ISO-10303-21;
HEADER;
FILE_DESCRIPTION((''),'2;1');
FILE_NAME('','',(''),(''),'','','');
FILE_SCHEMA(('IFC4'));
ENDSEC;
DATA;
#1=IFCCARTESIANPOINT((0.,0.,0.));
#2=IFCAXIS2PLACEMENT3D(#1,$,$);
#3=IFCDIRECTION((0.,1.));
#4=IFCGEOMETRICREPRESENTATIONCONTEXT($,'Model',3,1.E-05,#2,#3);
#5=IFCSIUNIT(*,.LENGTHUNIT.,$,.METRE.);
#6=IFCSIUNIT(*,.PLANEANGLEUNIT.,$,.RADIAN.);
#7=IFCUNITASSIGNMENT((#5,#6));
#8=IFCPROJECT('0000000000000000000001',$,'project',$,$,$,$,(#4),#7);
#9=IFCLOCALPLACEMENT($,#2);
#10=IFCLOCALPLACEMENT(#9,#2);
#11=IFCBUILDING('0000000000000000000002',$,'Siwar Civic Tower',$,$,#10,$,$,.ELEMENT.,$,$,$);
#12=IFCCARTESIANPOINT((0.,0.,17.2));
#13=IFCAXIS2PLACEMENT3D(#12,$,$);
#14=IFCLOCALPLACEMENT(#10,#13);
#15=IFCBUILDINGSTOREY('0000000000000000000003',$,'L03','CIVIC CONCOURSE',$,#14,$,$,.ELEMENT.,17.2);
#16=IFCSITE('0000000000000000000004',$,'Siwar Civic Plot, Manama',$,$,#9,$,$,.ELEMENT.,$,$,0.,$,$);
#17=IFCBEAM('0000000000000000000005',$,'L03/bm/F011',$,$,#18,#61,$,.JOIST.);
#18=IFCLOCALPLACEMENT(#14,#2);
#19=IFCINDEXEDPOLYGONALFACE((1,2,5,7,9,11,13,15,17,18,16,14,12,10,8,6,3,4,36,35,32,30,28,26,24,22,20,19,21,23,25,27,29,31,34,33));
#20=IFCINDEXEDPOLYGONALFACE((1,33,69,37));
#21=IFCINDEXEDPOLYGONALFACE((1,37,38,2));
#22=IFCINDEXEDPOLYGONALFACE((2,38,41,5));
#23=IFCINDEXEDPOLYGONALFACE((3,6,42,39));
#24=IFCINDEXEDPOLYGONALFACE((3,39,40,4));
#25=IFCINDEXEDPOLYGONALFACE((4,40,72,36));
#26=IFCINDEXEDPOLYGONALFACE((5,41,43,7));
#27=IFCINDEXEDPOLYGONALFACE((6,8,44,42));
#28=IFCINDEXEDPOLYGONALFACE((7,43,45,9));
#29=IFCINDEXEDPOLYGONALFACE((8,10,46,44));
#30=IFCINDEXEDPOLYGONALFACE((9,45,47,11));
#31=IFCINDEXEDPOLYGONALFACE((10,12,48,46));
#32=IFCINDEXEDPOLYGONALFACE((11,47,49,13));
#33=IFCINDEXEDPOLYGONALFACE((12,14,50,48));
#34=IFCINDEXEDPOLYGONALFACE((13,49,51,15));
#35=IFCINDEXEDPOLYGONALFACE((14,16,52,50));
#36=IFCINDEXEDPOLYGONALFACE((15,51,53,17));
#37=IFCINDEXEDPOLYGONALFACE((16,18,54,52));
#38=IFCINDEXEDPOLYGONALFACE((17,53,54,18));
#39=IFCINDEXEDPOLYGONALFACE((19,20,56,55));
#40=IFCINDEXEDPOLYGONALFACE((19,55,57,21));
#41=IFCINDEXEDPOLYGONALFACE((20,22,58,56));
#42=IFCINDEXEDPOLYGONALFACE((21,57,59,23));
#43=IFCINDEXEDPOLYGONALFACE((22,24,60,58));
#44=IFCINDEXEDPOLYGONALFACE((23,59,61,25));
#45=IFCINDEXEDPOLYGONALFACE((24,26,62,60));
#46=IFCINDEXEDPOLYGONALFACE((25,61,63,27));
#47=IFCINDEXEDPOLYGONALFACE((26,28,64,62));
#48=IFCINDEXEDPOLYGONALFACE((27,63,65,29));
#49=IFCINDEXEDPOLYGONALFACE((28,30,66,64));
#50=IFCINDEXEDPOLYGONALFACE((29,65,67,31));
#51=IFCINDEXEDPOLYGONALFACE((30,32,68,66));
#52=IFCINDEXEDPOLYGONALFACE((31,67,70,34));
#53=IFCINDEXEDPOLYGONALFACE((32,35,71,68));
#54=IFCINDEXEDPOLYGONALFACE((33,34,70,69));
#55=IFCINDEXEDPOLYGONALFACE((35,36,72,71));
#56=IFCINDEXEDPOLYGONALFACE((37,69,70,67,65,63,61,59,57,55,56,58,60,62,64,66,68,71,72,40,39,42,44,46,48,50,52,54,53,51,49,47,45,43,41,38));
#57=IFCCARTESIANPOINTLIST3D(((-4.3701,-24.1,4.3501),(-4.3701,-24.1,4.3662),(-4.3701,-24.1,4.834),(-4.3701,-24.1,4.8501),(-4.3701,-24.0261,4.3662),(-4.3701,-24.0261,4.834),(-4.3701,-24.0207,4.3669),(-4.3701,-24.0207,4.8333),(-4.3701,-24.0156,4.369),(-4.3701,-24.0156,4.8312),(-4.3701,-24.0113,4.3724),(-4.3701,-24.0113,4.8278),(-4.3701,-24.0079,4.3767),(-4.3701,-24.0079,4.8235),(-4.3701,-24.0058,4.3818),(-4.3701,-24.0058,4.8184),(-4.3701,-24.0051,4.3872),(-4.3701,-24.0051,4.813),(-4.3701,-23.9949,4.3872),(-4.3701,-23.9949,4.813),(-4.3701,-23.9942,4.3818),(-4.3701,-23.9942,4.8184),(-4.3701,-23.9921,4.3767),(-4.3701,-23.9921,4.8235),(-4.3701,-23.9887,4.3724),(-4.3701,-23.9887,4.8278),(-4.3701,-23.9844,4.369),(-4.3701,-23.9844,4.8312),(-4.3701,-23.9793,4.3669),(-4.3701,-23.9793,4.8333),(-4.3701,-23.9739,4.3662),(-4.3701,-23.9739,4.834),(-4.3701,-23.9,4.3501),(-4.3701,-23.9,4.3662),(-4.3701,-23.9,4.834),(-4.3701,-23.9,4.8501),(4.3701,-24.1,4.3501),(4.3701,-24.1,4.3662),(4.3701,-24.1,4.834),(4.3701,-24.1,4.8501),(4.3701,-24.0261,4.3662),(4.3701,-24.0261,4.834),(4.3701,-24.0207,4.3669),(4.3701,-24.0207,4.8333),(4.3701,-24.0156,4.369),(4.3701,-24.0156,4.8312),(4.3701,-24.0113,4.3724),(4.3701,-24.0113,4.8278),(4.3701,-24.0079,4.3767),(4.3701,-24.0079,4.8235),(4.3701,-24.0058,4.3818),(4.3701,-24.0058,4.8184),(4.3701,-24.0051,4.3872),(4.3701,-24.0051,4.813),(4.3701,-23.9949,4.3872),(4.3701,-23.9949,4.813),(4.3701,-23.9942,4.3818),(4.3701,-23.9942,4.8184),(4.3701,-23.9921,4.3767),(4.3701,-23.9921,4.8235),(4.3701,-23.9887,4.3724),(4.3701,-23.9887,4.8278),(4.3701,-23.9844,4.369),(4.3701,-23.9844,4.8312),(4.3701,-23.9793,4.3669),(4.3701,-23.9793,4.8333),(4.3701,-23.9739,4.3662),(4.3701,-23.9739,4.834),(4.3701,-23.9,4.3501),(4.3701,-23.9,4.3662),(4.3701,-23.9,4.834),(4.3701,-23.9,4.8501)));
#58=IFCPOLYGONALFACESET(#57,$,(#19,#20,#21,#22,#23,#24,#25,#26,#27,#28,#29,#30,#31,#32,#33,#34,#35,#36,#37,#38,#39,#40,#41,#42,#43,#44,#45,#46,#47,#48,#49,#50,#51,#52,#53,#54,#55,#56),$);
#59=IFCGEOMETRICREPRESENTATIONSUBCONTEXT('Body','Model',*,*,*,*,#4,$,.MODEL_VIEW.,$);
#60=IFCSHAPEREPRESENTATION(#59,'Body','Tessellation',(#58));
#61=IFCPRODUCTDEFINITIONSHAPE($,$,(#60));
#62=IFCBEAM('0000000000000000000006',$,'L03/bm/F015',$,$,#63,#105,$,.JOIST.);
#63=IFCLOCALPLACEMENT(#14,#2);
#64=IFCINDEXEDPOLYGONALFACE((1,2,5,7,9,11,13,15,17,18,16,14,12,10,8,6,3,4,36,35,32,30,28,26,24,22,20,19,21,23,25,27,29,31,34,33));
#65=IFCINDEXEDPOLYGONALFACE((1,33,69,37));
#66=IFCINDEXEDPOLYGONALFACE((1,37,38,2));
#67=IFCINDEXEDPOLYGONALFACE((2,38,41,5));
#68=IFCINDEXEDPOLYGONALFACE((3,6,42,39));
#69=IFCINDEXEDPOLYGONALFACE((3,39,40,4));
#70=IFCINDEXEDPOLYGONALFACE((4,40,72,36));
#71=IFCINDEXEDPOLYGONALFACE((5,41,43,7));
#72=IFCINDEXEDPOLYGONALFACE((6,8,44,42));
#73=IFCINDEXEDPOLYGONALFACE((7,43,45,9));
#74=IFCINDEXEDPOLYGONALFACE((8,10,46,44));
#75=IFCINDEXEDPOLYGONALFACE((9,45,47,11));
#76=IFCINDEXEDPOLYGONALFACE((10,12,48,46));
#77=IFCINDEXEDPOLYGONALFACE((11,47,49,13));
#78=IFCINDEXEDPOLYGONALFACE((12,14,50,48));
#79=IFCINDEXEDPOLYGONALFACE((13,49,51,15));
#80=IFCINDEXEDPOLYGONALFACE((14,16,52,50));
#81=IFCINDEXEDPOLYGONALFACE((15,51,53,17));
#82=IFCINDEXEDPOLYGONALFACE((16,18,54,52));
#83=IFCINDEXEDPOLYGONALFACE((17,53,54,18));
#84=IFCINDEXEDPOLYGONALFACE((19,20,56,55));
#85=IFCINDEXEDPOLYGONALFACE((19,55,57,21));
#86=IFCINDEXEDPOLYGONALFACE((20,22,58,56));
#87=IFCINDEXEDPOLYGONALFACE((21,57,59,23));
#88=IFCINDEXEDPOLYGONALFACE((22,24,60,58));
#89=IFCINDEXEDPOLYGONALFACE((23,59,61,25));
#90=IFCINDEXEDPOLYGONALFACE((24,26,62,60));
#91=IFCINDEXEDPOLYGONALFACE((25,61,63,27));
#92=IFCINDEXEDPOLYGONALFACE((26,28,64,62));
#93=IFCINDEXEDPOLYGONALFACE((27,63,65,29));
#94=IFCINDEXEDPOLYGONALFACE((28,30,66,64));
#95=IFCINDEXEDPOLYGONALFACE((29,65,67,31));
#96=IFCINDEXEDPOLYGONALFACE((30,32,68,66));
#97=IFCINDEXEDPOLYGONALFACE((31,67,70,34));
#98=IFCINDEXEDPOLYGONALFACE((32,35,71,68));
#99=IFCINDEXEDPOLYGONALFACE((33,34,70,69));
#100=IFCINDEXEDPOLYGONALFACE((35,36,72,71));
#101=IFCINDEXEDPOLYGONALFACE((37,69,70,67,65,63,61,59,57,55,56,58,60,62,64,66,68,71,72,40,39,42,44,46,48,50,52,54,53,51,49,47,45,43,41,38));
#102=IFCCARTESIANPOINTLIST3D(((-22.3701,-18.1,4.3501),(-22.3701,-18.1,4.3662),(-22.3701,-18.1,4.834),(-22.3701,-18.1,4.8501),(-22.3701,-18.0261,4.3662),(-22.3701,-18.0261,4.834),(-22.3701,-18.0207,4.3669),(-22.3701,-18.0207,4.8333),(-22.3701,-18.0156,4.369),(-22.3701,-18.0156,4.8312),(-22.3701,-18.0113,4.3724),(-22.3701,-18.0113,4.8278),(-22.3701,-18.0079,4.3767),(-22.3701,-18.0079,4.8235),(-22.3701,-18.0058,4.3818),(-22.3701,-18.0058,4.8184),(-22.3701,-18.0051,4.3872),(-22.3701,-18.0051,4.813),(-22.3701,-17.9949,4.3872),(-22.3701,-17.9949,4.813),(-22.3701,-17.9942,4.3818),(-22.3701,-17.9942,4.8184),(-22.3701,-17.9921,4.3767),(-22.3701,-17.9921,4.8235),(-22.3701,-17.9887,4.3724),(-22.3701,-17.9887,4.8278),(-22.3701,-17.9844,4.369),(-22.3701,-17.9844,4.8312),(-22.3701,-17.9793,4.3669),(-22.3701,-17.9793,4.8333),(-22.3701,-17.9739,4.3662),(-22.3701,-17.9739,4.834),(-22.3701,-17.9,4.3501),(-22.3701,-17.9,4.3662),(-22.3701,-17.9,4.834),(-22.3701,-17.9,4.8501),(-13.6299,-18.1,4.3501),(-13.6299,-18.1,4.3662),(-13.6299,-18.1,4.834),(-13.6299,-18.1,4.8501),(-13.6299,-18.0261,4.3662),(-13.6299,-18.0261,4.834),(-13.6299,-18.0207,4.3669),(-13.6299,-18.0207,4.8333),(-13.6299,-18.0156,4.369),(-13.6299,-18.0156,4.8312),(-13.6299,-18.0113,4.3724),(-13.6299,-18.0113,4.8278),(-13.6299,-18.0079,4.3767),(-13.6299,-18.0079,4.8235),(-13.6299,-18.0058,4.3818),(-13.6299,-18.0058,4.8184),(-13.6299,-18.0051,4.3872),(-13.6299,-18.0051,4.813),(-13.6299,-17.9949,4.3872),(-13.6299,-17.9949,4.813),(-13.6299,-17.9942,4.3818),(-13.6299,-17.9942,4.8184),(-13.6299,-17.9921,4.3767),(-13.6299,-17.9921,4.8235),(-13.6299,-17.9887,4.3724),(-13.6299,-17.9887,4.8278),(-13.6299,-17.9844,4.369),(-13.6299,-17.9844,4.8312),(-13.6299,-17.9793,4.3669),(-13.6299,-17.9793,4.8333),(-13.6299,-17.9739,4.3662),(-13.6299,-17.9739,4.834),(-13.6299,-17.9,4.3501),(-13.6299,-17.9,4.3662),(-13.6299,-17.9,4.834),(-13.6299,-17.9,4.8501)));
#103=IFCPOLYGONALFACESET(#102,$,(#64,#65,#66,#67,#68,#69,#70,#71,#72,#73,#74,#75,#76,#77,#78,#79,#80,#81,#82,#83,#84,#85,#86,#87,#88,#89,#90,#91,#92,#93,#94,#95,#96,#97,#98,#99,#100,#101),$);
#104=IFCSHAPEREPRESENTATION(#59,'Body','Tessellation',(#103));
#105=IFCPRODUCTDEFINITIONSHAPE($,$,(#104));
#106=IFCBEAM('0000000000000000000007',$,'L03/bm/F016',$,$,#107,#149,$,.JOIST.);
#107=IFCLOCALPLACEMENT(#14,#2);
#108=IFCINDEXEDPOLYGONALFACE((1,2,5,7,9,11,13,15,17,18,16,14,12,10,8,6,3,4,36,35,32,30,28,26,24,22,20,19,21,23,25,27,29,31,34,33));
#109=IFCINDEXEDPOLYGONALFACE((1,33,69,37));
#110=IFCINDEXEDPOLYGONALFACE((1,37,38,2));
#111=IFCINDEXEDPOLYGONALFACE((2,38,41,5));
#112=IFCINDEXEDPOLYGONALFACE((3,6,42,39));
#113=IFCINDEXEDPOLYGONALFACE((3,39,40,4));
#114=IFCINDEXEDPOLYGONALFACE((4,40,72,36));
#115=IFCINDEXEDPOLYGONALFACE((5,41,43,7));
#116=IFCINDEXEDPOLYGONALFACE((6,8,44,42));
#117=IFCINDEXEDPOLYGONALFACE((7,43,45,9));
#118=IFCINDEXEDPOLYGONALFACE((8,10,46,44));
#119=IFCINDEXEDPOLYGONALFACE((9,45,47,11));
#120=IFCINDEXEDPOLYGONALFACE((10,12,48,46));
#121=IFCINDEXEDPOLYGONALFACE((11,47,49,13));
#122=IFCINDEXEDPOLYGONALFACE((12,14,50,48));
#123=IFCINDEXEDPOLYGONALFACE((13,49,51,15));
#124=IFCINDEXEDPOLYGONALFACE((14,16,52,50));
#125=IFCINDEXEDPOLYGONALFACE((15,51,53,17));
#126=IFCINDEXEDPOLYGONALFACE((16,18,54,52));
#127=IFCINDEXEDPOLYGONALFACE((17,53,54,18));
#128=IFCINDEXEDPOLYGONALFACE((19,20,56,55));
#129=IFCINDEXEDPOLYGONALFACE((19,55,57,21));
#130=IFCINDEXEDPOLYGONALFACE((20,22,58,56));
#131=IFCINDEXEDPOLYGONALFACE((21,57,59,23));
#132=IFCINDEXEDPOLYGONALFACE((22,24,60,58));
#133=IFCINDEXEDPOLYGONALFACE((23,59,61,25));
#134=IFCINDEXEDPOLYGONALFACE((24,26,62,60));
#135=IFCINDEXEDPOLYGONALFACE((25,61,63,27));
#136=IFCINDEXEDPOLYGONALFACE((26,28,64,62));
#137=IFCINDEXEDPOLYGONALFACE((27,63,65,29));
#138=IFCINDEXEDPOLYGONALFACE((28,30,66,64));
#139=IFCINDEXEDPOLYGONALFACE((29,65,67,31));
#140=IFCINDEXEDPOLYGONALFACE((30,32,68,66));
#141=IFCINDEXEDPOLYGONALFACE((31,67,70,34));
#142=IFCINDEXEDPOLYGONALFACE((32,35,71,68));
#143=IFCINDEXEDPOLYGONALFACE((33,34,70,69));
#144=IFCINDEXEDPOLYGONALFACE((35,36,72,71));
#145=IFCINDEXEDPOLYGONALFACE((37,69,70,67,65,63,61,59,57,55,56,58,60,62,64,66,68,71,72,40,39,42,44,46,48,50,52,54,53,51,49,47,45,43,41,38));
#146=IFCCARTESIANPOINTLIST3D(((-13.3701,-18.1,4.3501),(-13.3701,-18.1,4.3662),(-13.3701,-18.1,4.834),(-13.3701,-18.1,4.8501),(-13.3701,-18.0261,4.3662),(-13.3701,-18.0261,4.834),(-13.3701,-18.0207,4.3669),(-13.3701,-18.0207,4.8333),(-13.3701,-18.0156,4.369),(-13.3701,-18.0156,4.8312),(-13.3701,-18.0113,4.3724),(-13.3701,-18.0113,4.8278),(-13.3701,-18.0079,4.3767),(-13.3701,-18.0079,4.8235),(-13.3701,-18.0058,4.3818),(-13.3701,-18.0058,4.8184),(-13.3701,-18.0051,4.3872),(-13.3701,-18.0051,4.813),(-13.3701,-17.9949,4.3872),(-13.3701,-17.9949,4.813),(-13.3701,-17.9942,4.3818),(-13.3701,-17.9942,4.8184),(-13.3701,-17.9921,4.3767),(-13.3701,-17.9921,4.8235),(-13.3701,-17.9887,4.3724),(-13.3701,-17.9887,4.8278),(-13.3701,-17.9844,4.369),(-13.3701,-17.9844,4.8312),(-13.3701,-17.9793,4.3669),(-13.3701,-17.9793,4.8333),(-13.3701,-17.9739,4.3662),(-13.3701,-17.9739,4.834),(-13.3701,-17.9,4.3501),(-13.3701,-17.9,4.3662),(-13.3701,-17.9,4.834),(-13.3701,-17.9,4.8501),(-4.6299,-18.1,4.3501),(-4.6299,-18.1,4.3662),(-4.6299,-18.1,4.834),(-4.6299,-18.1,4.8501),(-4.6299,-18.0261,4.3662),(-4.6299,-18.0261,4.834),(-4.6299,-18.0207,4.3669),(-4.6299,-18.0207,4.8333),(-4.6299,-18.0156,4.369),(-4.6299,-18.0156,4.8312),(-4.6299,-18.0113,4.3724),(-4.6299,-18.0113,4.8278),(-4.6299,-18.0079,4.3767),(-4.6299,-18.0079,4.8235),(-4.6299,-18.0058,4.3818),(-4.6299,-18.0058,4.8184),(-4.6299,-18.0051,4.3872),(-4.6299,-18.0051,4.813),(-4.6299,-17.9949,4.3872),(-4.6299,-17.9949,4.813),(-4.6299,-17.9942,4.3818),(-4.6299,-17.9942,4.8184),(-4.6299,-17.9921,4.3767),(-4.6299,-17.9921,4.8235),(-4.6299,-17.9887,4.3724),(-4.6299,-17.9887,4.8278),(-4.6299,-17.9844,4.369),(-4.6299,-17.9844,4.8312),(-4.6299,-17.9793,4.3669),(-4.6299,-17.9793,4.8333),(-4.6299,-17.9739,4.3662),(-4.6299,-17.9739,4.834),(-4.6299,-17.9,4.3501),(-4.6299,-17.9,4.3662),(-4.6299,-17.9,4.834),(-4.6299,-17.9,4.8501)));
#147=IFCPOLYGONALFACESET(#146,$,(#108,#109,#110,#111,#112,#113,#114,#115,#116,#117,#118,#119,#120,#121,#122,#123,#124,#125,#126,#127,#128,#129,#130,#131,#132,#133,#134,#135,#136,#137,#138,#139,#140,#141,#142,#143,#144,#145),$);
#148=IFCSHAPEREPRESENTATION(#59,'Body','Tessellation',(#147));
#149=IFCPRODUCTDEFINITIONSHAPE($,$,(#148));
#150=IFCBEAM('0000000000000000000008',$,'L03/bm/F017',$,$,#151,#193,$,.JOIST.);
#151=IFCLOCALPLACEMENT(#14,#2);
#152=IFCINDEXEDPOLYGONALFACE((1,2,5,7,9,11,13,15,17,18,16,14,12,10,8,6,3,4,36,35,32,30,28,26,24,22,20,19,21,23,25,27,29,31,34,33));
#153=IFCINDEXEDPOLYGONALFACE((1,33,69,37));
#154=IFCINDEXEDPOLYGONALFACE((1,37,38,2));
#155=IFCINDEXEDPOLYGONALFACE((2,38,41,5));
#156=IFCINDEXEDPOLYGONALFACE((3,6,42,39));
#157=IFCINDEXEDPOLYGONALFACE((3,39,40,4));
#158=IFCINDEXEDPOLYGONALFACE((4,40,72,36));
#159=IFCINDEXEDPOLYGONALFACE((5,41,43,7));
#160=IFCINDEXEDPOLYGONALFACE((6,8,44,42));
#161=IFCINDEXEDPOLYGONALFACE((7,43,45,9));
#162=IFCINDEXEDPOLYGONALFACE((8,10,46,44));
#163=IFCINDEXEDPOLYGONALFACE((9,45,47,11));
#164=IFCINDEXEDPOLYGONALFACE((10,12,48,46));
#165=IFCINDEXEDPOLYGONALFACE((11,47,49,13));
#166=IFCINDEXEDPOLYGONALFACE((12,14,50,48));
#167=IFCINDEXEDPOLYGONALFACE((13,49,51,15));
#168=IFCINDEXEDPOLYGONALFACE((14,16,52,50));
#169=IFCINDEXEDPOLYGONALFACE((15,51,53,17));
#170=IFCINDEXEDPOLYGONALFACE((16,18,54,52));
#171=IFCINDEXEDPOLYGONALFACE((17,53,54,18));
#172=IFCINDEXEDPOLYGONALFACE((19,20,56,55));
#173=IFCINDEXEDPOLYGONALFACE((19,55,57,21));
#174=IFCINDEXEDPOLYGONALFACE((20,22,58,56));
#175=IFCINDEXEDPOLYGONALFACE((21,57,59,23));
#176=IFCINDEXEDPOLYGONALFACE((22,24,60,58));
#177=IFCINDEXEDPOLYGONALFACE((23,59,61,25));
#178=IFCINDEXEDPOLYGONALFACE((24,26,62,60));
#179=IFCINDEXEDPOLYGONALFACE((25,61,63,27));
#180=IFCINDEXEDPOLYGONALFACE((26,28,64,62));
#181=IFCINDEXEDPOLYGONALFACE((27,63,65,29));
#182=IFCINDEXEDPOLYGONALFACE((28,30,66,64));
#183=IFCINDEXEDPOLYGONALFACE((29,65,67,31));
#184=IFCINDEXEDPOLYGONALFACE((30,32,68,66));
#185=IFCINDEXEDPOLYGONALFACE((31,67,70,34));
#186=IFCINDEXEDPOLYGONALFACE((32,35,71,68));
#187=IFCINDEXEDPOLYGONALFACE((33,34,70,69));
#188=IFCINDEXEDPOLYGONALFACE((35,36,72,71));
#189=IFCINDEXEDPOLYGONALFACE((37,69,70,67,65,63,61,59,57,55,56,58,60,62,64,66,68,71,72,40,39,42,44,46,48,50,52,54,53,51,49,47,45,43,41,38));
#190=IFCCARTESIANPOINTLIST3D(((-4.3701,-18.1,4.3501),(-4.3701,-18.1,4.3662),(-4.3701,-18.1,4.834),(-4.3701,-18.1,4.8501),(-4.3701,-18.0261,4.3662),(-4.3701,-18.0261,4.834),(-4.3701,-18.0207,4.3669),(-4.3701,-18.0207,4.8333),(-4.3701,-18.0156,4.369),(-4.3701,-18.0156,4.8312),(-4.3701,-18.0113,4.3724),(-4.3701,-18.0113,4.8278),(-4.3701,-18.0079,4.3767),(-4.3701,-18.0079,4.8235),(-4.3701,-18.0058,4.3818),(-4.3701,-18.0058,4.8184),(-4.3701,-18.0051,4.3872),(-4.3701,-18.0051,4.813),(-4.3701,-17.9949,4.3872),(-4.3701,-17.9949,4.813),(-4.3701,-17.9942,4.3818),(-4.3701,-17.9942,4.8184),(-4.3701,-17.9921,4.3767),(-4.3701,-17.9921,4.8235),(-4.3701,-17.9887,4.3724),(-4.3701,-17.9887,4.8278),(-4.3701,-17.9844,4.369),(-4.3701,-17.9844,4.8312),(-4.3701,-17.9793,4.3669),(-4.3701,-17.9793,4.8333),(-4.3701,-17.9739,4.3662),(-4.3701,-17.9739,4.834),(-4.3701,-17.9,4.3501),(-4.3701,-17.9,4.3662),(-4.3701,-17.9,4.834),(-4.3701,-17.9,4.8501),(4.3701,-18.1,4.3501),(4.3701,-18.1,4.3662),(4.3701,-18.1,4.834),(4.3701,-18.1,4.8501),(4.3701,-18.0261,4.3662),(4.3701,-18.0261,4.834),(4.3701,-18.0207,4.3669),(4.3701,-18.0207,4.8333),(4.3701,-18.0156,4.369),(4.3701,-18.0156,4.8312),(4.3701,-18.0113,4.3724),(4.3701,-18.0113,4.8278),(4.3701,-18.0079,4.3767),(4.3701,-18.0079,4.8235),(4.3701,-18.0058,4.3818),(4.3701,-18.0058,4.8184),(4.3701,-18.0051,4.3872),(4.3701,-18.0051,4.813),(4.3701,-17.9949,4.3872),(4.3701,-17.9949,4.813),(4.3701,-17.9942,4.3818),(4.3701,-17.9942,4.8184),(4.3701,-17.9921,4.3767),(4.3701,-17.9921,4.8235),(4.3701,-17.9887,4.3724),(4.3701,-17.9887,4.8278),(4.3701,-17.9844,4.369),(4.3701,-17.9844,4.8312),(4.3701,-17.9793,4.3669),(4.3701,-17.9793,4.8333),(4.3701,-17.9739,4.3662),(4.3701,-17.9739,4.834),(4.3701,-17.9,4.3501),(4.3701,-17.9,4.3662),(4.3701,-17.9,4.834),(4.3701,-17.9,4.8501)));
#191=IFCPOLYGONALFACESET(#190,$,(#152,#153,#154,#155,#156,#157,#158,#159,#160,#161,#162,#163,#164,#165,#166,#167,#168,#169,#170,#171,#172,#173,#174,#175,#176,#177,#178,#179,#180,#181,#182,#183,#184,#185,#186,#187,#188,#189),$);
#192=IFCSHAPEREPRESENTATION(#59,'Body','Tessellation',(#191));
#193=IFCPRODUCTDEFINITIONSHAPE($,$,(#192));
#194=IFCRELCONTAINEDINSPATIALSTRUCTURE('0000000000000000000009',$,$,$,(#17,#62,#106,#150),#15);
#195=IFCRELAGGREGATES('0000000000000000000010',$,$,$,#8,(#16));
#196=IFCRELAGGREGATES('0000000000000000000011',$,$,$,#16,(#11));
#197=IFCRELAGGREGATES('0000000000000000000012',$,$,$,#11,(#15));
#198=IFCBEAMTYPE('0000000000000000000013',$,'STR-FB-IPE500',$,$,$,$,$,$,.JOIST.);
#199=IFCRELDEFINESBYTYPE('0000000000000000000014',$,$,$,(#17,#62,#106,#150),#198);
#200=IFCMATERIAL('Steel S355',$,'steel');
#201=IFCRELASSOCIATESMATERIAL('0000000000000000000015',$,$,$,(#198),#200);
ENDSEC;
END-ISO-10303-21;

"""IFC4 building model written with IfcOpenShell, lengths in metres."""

from ifc_helpers import new_model, si_unit, direction, frame, origin, origin_2d, place, context, subcontext, project, spatial, i_section, extrude, material, material_profile, profile_set, type_object, element, save


model = new_model("IFC4")

# Units and contexts
model_context = context("Model", 3, precision=1e-05, world=origin(), true_north=direction((0.0, 1.0)))
body_context = subcontext(model_context, "Body", "Model", "MODEL_VIEW")
ifc_project = project(units=[si_unit("LENGTHUNIT", "METRE"), si_unit("PLANEANGLEUNIT", "RADIAN")], contexts=[model_context])

# Site, building, storey
site_placement = place(None, origin())
site = spatial("IfcSite", under=ifc_project, at=site_placement, Name="Siwar Civic Plot, Manama", CompositionType="ELEMENT", RefElevation=0.0)
building_placement = place(site_placement, origin())
building = spatial("IfcBuilding", under=site, at=building_placement, Name="Siwar Civic Tower", CompositionType="ELEMENT")
storey_placement = place(building_placement, frame((0.0, 0.0, 17.2)))
storey = spatial("IfcBuildingStorey", under=building, at=storey_placement, Name="L03", Description="CIVIC CONCOURSE", CompositionType="ELEMENT", Elevation=17.2)

# Beams
ifc_material_1 = material(Name="Steel S355", Category="steel")
ifc_material_profile_1 = material_profile(ifc_material_1, i_section(OverallWidth=0.2, OverallDepth=0.5, WebThickness=0.0103, FlangeThickness=0.0161, FilletRadius=0.021, at=origin_2d()), Name="IPE500")
ifc_profile_set_1 = profile_set([ifc_material_profile_1], Name="Steel S355")
beam_type_1 = type_object("IfcBeamType", Name="STR-FB-IPE500", PredefinedType="JOIST", material=ifc_profile_set_1)
for number, where, z_axis, x_axis, name in (
    (1, (-4.3701, -24.0, 4.6001), (1.0, 0.0, 0.0), (0.0, 1.0, 0.0), "L03/bm/F011"),
    (2, (-22.3701, -18.0, 4.6001), (1.0, 0.0, 0.0), (0.0, 1.0, 0.0), "L03/bm/F015"),
    (3, (-13.3701, -18.0, 4.6001), (1.0, 0.0, 0.0), (0.0, 1.0, 0.0), "L03/bm/F016"),
    (4, (-4.3701, -18.0, 4.6001), (1.0, 0.0, 0.0), (0.0, 1.0, 0.0), "L03/bm/F017"),
):
    element("IfcBeam", number, at=place(storey_placement, frame(where, z_axis=z_axis, x_axis=x_axis)), inside=storey, type_object=beam_type_1, Name=name, PredefinedType="JOIST", context=body_context, shape_type="SweptSolid", body=[
        extrude(i_section(OverallWidth=0.2, OverallDepth=0.5, WebThickness=0.0103, FlangeThickness=0.0161, FilletRadius=0.021, at=origin_2d()), origin(), (0.0, 0.0, 1.0), 8.7402),
    ])

save(model, "model.ifc")
